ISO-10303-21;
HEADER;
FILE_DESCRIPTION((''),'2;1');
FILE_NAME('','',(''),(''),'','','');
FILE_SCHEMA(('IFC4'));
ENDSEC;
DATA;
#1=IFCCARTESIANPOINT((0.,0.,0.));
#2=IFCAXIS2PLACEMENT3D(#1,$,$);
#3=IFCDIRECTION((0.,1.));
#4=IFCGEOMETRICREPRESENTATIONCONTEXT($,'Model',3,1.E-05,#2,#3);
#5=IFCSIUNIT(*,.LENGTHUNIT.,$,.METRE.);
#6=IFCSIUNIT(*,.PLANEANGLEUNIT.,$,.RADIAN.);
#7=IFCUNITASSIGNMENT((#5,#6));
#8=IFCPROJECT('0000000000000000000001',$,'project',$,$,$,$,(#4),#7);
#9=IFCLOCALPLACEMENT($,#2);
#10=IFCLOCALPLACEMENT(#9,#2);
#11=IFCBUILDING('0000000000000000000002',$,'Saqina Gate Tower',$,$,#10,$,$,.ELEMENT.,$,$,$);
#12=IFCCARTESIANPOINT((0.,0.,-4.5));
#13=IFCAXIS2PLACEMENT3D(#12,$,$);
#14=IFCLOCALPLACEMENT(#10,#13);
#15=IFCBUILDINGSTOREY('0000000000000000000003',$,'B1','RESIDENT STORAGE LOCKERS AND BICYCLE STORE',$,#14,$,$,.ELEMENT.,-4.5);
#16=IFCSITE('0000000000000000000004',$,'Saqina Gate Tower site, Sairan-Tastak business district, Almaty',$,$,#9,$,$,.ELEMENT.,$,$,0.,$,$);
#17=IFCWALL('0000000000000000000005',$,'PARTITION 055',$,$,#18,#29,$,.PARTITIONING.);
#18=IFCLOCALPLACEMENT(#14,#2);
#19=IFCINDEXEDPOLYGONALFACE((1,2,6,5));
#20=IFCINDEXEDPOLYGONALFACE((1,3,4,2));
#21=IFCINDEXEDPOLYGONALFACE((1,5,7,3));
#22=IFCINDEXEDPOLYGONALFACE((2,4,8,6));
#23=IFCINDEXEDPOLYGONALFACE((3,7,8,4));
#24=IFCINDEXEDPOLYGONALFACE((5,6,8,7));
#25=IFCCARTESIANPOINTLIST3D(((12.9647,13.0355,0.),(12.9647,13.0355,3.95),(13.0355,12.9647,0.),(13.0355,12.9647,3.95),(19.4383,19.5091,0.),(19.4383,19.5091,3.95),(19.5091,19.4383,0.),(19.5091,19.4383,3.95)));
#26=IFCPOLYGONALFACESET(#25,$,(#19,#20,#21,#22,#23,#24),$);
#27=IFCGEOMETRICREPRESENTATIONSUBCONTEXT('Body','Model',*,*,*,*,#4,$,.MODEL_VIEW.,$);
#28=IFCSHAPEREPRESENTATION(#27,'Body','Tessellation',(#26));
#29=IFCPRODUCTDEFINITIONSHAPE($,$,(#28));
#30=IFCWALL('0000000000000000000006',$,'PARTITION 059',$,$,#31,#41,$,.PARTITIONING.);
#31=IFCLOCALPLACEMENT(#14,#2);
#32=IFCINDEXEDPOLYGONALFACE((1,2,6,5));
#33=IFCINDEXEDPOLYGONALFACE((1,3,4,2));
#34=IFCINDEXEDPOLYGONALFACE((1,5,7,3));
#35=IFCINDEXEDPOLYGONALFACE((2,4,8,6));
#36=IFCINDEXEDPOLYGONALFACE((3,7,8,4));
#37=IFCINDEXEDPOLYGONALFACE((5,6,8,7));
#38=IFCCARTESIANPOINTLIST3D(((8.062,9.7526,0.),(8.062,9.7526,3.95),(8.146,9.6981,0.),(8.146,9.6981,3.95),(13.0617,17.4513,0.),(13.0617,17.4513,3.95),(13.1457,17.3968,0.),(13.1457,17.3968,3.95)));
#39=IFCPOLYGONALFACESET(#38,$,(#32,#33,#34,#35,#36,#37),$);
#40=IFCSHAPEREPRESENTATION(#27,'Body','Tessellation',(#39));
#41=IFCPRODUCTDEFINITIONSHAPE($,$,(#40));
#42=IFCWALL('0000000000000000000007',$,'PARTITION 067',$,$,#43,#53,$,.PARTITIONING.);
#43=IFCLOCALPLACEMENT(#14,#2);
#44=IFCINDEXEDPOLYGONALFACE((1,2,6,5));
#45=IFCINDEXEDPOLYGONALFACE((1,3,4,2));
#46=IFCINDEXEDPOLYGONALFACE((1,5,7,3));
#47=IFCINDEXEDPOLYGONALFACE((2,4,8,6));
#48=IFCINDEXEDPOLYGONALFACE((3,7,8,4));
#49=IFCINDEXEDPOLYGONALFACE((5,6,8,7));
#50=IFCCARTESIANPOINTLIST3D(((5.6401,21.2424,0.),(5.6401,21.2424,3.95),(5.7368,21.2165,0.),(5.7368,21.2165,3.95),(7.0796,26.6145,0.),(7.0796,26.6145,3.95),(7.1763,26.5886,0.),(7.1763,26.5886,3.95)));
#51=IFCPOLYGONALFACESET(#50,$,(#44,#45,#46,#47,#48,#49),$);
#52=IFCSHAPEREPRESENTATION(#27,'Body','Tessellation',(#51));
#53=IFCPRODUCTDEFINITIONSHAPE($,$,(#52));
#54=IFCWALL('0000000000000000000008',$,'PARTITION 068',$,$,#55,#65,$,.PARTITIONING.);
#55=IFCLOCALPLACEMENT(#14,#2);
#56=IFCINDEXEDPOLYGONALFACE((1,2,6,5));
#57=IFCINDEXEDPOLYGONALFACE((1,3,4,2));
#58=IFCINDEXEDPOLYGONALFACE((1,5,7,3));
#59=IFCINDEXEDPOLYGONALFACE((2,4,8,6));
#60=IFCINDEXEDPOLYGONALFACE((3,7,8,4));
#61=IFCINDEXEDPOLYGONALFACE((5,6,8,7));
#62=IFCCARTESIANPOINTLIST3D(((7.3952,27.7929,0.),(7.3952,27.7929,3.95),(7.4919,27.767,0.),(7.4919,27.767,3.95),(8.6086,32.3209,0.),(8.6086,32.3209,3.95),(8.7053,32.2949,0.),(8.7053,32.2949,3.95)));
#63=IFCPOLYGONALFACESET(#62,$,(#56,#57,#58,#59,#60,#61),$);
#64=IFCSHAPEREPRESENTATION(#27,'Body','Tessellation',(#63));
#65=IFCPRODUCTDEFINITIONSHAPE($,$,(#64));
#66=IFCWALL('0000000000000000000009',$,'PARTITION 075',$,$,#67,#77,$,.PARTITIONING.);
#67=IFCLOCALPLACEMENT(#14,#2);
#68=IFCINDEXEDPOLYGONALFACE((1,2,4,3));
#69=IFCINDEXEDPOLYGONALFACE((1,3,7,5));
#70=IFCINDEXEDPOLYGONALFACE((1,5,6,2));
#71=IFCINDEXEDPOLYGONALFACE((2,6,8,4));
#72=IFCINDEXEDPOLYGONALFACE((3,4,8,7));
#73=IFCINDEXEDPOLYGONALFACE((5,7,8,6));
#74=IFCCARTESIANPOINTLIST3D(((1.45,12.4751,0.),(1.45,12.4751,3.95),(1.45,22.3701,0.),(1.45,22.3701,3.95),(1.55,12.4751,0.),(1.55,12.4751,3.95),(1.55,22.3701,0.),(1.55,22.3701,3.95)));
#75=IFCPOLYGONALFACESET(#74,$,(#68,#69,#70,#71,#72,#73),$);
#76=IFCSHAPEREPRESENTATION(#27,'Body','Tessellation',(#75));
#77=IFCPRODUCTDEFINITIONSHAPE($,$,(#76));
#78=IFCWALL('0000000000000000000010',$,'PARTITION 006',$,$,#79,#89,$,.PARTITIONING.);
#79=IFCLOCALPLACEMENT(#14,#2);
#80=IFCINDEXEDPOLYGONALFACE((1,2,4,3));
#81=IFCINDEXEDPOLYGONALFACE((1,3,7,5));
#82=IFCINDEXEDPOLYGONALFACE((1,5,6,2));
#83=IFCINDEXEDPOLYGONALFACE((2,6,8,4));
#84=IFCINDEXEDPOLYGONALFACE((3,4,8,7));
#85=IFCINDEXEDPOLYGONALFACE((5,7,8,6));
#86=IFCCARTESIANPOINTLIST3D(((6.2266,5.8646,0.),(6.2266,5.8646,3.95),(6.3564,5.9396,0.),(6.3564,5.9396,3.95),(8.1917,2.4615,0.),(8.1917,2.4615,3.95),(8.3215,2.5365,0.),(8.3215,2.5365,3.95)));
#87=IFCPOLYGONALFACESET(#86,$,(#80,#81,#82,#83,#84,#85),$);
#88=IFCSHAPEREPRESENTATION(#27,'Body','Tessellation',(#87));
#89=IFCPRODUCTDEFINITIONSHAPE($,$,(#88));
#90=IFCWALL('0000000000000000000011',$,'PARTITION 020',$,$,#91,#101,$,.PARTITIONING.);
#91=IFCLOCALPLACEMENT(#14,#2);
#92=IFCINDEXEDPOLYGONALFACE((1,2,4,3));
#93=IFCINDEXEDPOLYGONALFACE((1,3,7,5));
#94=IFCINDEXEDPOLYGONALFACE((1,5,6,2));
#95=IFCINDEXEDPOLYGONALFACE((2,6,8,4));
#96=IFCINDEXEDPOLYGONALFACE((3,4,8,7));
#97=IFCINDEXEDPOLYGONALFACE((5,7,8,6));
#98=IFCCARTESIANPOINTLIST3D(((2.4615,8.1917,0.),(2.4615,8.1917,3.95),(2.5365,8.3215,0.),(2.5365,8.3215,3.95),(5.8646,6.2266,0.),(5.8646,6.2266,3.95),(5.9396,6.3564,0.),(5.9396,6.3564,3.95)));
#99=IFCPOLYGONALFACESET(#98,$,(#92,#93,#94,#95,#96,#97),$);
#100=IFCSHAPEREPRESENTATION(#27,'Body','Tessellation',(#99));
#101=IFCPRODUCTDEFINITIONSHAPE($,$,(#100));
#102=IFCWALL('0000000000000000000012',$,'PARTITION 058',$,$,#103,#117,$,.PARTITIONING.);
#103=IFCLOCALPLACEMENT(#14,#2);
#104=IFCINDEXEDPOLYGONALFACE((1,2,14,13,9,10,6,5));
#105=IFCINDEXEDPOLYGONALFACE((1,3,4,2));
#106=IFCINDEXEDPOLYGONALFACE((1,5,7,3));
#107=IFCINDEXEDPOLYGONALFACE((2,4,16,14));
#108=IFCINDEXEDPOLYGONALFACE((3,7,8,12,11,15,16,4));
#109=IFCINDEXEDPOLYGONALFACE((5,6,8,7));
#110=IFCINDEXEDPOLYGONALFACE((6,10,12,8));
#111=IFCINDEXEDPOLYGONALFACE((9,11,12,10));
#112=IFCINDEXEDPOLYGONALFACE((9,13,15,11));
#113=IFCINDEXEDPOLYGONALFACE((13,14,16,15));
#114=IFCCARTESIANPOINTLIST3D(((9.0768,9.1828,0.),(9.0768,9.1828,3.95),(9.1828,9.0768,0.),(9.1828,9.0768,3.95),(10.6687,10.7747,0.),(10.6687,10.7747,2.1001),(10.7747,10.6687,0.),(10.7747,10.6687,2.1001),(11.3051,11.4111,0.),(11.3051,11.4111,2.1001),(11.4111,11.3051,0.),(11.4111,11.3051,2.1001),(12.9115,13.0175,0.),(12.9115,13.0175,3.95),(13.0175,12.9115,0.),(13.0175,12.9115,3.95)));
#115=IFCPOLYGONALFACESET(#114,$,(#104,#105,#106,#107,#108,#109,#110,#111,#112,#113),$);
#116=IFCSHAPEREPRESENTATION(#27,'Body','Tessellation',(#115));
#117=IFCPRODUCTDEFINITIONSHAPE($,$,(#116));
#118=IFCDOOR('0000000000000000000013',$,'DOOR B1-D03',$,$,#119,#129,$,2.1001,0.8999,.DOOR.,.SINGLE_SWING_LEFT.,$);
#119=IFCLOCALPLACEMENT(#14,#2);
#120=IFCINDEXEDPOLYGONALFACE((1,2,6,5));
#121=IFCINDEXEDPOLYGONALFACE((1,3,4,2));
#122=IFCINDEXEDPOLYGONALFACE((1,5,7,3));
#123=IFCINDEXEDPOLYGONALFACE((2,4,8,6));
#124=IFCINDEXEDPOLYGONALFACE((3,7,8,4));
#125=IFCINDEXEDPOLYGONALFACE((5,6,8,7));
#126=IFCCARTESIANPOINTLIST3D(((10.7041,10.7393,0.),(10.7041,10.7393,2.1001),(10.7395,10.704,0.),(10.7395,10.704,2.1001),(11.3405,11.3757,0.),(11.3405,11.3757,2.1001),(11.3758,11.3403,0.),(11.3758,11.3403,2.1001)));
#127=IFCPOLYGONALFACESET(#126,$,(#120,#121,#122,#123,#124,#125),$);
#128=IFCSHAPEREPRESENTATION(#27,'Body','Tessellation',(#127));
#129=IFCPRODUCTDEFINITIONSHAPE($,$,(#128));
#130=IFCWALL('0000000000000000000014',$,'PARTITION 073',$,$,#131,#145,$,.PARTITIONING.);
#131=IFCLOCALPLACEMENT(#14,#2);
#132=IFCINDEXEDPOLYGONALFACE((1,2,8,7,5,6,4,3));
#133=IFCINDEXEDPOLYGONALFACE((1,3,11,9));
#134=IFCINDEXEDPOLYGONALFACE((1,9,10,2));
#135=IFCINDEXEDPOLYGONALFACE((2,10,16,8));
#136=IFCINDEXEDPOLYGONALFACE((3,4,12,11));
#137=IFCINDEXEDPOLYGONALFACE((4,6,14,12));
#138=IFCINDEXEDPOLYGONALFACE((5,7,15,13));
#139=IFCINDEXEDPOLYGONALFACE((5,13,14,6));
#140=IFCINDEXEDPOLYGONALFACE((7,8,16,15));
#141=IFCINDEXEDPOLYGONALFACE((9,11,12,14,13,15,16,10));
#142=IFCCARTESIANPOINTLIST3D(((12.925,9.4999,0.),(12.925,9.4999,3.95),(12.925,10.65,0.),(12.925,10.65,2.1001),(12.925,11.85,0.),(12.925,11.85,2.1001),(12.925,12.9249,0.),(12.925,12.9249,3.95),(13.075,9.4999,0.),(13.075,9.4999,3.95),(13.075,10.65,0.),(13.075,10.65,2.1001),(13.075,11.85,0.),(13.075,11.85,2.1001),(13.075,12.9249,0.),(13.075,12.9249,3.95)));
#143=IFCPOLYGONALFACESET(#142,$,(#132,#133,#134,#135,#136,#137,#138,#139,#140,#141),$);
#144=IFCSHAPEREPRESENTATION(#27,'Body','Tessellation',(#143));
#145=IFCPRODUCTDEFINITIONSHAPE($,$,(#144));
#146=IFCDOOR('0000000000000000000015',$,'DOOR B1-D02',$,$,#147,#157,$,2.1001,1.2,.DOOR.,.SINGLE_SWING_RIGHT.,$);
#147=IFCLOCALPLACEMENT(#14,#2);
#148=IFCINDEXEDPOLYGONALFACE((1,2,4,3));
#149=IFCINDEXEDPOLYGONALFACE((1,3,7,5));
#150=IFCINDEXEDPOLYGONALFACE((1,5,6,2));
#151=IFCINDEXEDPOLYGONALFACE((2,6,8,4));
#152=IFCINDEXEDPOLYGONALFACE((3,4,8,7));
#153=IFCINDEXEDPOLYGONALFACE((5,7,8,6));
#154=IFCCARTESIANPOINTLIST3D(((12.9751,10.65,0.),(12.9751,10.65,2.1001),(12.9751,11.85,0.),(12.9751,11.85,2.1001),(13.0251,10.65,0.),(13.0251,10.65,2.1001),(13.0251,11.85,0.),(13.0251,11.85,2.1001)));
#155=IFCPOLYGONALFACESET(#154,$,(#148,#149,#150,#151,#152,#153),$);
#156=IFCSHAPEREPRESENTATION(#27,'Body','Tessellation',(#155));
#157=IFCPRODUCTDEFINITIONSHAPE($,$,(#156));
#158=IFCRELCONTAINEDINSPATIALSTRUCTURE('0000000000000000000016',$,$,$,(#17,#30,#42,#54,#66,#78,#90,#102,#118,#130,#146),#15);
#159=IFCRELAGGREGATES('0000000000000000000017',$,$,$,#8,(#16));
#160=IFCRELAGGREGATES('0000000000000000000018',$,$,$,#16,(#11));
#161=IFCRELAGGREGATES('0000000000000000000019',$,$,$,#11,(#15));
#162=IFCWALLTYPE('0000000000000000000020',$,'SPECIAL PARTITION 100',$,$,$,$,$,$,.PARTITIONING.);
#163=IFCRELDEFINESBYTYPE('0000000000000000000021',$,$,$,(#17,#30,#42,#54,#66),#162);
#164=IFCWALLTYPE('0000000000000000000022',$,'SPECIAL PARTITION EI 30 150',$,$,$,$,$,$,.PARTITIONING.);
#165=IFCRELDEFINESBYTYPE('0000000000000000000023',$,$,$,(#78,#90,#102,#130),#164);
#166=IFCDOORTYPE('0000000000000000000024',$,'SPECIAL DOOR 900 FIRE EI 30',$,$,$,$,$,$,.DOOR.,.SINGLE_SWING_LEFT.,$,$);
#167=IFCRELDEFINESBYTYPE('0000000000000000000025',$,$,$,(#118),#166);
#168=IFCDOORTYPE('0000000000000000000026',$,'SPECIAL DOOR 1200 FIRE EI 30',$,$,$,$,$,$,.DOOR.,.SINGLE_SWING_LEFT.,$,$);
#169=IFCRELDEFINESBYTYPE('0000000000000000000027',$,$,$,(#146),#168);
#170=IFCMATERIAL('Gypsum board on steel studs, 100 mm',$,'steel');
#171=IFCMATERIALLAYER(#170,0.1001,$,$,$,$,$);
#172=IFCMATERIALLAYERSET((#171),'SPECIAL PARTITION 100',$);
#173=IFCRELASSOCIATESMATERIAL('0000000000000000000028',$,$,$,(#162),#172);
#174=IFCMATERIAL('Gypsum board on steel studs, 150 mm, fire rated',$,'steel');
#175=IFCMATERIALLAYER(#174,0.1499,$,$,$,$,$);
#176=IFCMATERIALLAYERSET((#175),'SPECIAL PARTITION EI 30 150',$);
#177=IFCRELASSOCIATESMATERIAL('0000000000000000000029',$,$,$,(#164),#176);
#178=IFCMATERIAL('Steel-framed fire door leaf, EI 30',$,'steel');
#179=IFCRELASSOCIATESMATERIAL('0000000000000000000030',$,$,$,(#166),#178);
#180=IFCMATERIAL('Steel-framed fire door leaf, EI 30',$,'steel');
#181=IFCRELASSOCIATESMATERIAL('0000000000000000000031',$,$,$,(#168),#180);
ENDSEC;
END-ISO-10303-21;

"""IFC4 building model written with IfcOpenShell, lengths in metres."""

from ifc_helpers import new_model, si_unit, direction, frame, frame_2d, origin, place, context, subcontext, project, spatial, rectangle, extrude, material, layer, layer_set, type_object, element, fill, save


model = new_model("IFC4")

# Units and contexts
model_context = context("Model", 3, precision=1e-05, world=origin(), true_north=direction((0.0, 1.0)))
body_context = subcontext(model_context, "Body", "Model", "MODEL_VIEW")
ifc_project = project(units=[si_unit("LENGTHUNIT", "METRE"), si_unit("PLANEANGLEUNIT", "RADIAN")], contexts=[model_context])

# Site, building, storey
site_placement = place(None, origin())
site = spatial("IfcSite", under=ifc_project, at=site_placement, Name="Saqina Gate Tower site, Sairan-Tastak business district, Almaty", CompositionType="ELEMENT", RefElevation=0.0)
building_placement = place(site_placement, origin())
building = spatial("IfcBuilding", under=site, at=building_placement, Name="Saqina Gate Tower", CompositionType="ELEMENT")
storey_placement = place(building_placement, frame((0.0, 0.0, -4.5)))
storey = spatial("IfcBuildingStorey", under=building, at=storey_placement, Name="B1", Description="RESIDENT STORAGE LOCKERS AND BICYCLE STORE", CompositionType="ELEMENT", Elevation=-4.5)

# Walls
ifc_material_1 = material(Name="Gypsum board on steel studs, 100 mm", Category="steel")
ifc_layer_1 = layer(ifc_material_1, 0.1001)
ifc_layer_set_1 = layer_set([ifc_layer_1], Name="SPECIAL PARTITION 100")
wall_type_1 = type_object("IfcWallType", Name="SPECIAL PARTITION 100", PredefinedType="PARTITIONING", material=ifc_layer_set_1)
wall_1_placement = place(storey_placement, frame((13.0, 13.0, 0.0), z_axis=(0.0, 0.0, 1.0), x_axis=(0.707107, 0.707107, 0.0)))
element("IfcWall", 1, at=wall_1_placement, inside=storey, type_object=wall_type_1, Name="PARTITION 055", PredefinedType="PARTITIONING", context=body_context, shape_type="SweptSolid", body=[
    extrude(rectangle(XDim=9.155, YDim=0.1001, at=frame_2d((4.5776, 0.0))), origin(), (0.0, 0.0, 1.0), 3.95),
])
wall_2_placement = place(storey_placement, frame((8.104, 9.7253, 0.0), z_axis=(0.0, 0.0, 1.0), x_axis=(0.54465, 0.838664, 0.0)))
element("IfcWall", 2, at=wall_2_placement, inside=storey, type_object=wall_type_1, Name="PARTITION 059", PredefinedType="PARTITIONING", context=body_context, shape_type="SweptSolid", body=[
    extrude(rectangle(XDim=9.1797, YDim=0.1001, at=frame_2d((4.5898, 0.0))), origin(), (0.0, 0.0, 1.0), 3.95),
])
wall_3_placement = place(storey_placement, frame((5.6885, 21.2295, 0.0), z_axis=(0.0, 0.0, 1.0), x_axis=(0.258821, 0.965925, 0.0)))
element("IfcWall", 3, at=wall_3_placement, inside=storey, type_object=wall_type_1, Name="PARTITION 067", PredefinedType="PARTITIONING", context=body_context, shape_type="SweptSolid", body=[
    extrude(rectangle(XDim=5.5615, YDim=0.1001, at=frame_2d((2.7808, 0.0))), origin(), (0.0, 0.0, 1.0), 3.95),
])
wall_4_placement = place(storey_placement, frame((7.4436, 27.78, 0.0), z_axis=(0.0, 0.0, 1.0), x_axis=(0.258836, 0.965921, 0.0)))
element("IfcWall", 4, at=wall_4_placement, inside=storey, type_object=wall_type_1, Name="PARTITION 068", PredefinedType="PARTITIONING", context=body_context, shape_type="SweptSolid", body=[
    extrude(rectangle(XDim=4.6877, YDim=0.1001, at=frame_2d((2.3438, 0.0))), origin(), (0.0, 0.0, 1.0), 3.95),
])
wall_5_placement = place(storey_placement, frame((1.5, 12.4751, 0.0), z_axis=(0.0, 0.0, 1.0), x_axis=(0.0, 1.0, 0.0)))
element("IfcWall", 5, at=wall_5_placement, inside=storey, type_object=wall_type_1, Name="PARTITION 075", PredefinedType="PARTITIONING", context=body_context, shape_type="SweptSolid", body=[
    extrude(rectangle(XDim=9.895, YDim=0.1001, at=frame_2d((4.9475, 0.0))), origin(), (0.0, 0.0, 1.0), 3.95),
])
ifc_material_2 = material(Name="Gypsum board on steel studs, 150 mm, fire rated", Category="steel")
ifc_layer_2 = layer(ifc_material_2, 0.1499)
ifc_layer_set_2 = layer_set([ifc_layer_2], Name="SPECIAL PARTITION EI 30 150")
wall_type_2 = type_object("IfcWallType", Name="SPECIAL PARTITION EI 30 150", PredefinedType="PARTITIONING", material=ifc_layer_set_2)
for number, where, z_axis, x_axis, name in (
    (6, (6.2915, 5.9021, 0.0), (0.0, 0.0, 1.0), (0.500061, -0.86599, 0.0), "PARTITION 006"),
    (7, (2.499, 8.2566, 0.0), (0.0, 0.0, 1.0), (0.86599, -0.500061, 0.0), "PARTITION 020"),
):
    element("IfcWall", number, at=place(storey_placement, frame(where, z_axis=z_axis, x_axis=x_axis)), inside=storey, type_object=wall_type_2, Name=name, PredefinedType="PARTITIONING", context=body_context, shape_type="SweptSolid", body=[
        extrude(rectangle(XDim=3.9297, YDim=0.1499, at=frame_2d((1.9648, 0.0))), origin(), (0.0, 0.0, 1.0), 3.95),
    ])

# Walls, openings, doors
wall_6_placement = place(storey_placement, frame((9.1299, 9.1299, 0.0), z_axis=(0.0, 0.0, 1.0), x_axis=(0.707107, 0.707107, 0.0)))
wall_6 = element("IfcWall", 8, at=wall_6_placement, inside=storey, type_object=wall_type_2, Name="PARTITION 058", PredefinedType="PARTITIONING", context=body_context, shape_type="SweptSolid", body=[
    extrude(rectangle(XDim=5.4231, YDim=0.1499, at=frame_2d((2.7114, 0.0))), origin(), (0.0, 0.0, 1.0), 3.95),
])
opening_1_placement = place(wall_6_placement, frame((2.2512, 0.0, 0.0)))
opening_1 = element("IfcOpeningElement", 9, at=opening_1_placement, cuts=wall_6, PredefinedType="OPENING", context=body_context, shape_type="SweptSolid", body=[
    extrude(rectangle(XDim=0.8999, YDim=2.1001, at=frame_2d((0.45, 1.05))), frame((0.0, 0.0869, 0.0), z_axis=(0.0, -1.0, 0.0), x_axis=(1.0, 0.0, 0.0)), (0.0, 0.0, 1.0), 0.1738),
])
ifc_material_3 = material(Name="Steel-framed fire door leaf, EI 30", Category="steel")
door_type_1 = type_object("IfcDoorType", Name="SPECIAL DOOR 900 FIRE EI 30", OperationType="SINGLE_SWING_LEFT", PredefinedType="DOOR", material=ifc_material_3)
door_1_placement = place(opening_1_placement, origin())
door_1 = element("IfcDoor", 10, at=door_1_placement, inside=storey, type_object=door_type_1, Name="DOOR B1-D03", OperationType="SINGLE_SWING_LEFT", OverallHeight=2.1001, OverallWidth=0.8999, PredefinedType="DOOR", context=body_context, shape_type="SweptSolid", body=[
    extrude(rectangle(XDim=0.8999, YDim=2.1001, at=frame_2d((0.45, 1.05))), frame((0.0, 0.0249, 0.0), z_axis=(0.0, -1.0, 0.0), x_axis=(1.0, 0.0, 0.0)), (0.0, 0.0, 1.0), 0.05),
])
fill(opening_1, door_1)
wall_7_placement = place(storey_placement, frame((13.0, 9.5, 0.0), z_axis=(0.0, 0.0, 1.0), x_axis=(0.0, 1.0, 0.0)))
wall_7 = element("IfcWall", 11, at=wall_7_placement, inside=storey, type_object=wall_type_2, Name="PARTITION 073", PredefinedType="PARTITIONING", context=body_context, shape_type="SweptSolid", body=[
    extrude(rectangle(XDim=3.425, YDim=0.1499, at=frame_2d((1.7124, 0.0))), origin(), (0.0, 0.0, 1.0), 3.95),
])
opening_2_placement = place(wall_7_placement, frame((1.1499, 0.0, 0.0)))
opening_2 = element("IfcOpeningElement", 12, at=opening_2_placement, cuts=wall_7, PredefinedType="OPENING", context=body_context, shape_type="SweptSolid", body=[
    extrude(rectangle(XDim=1.2, YDim=2.1001, at=frame_2d((0.6001, 1.05))), frame((0.0, 0.0869, 0.0), z_axis=(0.0, -1.0, 0.0), x_axis=(1.0, 0.0, 0.0)), (0.0, 0.0, 1.0), 0.1738),
])
ifc_material_4 = material(Name="Steel-framed fire door leaf, EI 30", Category="steel")
door_type_2 = type_object("IfcDoorType", Name="SPECIAL DOOR 1200 FIRE EI 30", OperationType="SINGLE_SWING_LEFT", PredefinedType="DOOR", material=ifc_material_4)
door_2_placement = place(opening_2_placement, origin())
door_2 = element("IfcDoor", 13, at=door_2_placement, inside=storey, type_object=door_type_2, Name="DOOR B1-D02", OperationType="SINGLE_SWING_RIGHT", OverallHeight=2.1001, OverallWidth=1.2, PredefinedType="DOOR", context=body_context, shape_type="SweptSolid", body=[
    extrude(rectangle(XDim=1.2, YDim=2.1001, at=frame_2d((0.6001, 1.05))), frame((0.0, 0.0249, 0.0), z_axis=(0.0, -1.0, 0.0), x_axis=(1.0, 0.0, 0.0)), (0.0, 0.0, 1.0), 0.05),
])
fill(opening_2, door_2)

save(model, "model.ifc")
